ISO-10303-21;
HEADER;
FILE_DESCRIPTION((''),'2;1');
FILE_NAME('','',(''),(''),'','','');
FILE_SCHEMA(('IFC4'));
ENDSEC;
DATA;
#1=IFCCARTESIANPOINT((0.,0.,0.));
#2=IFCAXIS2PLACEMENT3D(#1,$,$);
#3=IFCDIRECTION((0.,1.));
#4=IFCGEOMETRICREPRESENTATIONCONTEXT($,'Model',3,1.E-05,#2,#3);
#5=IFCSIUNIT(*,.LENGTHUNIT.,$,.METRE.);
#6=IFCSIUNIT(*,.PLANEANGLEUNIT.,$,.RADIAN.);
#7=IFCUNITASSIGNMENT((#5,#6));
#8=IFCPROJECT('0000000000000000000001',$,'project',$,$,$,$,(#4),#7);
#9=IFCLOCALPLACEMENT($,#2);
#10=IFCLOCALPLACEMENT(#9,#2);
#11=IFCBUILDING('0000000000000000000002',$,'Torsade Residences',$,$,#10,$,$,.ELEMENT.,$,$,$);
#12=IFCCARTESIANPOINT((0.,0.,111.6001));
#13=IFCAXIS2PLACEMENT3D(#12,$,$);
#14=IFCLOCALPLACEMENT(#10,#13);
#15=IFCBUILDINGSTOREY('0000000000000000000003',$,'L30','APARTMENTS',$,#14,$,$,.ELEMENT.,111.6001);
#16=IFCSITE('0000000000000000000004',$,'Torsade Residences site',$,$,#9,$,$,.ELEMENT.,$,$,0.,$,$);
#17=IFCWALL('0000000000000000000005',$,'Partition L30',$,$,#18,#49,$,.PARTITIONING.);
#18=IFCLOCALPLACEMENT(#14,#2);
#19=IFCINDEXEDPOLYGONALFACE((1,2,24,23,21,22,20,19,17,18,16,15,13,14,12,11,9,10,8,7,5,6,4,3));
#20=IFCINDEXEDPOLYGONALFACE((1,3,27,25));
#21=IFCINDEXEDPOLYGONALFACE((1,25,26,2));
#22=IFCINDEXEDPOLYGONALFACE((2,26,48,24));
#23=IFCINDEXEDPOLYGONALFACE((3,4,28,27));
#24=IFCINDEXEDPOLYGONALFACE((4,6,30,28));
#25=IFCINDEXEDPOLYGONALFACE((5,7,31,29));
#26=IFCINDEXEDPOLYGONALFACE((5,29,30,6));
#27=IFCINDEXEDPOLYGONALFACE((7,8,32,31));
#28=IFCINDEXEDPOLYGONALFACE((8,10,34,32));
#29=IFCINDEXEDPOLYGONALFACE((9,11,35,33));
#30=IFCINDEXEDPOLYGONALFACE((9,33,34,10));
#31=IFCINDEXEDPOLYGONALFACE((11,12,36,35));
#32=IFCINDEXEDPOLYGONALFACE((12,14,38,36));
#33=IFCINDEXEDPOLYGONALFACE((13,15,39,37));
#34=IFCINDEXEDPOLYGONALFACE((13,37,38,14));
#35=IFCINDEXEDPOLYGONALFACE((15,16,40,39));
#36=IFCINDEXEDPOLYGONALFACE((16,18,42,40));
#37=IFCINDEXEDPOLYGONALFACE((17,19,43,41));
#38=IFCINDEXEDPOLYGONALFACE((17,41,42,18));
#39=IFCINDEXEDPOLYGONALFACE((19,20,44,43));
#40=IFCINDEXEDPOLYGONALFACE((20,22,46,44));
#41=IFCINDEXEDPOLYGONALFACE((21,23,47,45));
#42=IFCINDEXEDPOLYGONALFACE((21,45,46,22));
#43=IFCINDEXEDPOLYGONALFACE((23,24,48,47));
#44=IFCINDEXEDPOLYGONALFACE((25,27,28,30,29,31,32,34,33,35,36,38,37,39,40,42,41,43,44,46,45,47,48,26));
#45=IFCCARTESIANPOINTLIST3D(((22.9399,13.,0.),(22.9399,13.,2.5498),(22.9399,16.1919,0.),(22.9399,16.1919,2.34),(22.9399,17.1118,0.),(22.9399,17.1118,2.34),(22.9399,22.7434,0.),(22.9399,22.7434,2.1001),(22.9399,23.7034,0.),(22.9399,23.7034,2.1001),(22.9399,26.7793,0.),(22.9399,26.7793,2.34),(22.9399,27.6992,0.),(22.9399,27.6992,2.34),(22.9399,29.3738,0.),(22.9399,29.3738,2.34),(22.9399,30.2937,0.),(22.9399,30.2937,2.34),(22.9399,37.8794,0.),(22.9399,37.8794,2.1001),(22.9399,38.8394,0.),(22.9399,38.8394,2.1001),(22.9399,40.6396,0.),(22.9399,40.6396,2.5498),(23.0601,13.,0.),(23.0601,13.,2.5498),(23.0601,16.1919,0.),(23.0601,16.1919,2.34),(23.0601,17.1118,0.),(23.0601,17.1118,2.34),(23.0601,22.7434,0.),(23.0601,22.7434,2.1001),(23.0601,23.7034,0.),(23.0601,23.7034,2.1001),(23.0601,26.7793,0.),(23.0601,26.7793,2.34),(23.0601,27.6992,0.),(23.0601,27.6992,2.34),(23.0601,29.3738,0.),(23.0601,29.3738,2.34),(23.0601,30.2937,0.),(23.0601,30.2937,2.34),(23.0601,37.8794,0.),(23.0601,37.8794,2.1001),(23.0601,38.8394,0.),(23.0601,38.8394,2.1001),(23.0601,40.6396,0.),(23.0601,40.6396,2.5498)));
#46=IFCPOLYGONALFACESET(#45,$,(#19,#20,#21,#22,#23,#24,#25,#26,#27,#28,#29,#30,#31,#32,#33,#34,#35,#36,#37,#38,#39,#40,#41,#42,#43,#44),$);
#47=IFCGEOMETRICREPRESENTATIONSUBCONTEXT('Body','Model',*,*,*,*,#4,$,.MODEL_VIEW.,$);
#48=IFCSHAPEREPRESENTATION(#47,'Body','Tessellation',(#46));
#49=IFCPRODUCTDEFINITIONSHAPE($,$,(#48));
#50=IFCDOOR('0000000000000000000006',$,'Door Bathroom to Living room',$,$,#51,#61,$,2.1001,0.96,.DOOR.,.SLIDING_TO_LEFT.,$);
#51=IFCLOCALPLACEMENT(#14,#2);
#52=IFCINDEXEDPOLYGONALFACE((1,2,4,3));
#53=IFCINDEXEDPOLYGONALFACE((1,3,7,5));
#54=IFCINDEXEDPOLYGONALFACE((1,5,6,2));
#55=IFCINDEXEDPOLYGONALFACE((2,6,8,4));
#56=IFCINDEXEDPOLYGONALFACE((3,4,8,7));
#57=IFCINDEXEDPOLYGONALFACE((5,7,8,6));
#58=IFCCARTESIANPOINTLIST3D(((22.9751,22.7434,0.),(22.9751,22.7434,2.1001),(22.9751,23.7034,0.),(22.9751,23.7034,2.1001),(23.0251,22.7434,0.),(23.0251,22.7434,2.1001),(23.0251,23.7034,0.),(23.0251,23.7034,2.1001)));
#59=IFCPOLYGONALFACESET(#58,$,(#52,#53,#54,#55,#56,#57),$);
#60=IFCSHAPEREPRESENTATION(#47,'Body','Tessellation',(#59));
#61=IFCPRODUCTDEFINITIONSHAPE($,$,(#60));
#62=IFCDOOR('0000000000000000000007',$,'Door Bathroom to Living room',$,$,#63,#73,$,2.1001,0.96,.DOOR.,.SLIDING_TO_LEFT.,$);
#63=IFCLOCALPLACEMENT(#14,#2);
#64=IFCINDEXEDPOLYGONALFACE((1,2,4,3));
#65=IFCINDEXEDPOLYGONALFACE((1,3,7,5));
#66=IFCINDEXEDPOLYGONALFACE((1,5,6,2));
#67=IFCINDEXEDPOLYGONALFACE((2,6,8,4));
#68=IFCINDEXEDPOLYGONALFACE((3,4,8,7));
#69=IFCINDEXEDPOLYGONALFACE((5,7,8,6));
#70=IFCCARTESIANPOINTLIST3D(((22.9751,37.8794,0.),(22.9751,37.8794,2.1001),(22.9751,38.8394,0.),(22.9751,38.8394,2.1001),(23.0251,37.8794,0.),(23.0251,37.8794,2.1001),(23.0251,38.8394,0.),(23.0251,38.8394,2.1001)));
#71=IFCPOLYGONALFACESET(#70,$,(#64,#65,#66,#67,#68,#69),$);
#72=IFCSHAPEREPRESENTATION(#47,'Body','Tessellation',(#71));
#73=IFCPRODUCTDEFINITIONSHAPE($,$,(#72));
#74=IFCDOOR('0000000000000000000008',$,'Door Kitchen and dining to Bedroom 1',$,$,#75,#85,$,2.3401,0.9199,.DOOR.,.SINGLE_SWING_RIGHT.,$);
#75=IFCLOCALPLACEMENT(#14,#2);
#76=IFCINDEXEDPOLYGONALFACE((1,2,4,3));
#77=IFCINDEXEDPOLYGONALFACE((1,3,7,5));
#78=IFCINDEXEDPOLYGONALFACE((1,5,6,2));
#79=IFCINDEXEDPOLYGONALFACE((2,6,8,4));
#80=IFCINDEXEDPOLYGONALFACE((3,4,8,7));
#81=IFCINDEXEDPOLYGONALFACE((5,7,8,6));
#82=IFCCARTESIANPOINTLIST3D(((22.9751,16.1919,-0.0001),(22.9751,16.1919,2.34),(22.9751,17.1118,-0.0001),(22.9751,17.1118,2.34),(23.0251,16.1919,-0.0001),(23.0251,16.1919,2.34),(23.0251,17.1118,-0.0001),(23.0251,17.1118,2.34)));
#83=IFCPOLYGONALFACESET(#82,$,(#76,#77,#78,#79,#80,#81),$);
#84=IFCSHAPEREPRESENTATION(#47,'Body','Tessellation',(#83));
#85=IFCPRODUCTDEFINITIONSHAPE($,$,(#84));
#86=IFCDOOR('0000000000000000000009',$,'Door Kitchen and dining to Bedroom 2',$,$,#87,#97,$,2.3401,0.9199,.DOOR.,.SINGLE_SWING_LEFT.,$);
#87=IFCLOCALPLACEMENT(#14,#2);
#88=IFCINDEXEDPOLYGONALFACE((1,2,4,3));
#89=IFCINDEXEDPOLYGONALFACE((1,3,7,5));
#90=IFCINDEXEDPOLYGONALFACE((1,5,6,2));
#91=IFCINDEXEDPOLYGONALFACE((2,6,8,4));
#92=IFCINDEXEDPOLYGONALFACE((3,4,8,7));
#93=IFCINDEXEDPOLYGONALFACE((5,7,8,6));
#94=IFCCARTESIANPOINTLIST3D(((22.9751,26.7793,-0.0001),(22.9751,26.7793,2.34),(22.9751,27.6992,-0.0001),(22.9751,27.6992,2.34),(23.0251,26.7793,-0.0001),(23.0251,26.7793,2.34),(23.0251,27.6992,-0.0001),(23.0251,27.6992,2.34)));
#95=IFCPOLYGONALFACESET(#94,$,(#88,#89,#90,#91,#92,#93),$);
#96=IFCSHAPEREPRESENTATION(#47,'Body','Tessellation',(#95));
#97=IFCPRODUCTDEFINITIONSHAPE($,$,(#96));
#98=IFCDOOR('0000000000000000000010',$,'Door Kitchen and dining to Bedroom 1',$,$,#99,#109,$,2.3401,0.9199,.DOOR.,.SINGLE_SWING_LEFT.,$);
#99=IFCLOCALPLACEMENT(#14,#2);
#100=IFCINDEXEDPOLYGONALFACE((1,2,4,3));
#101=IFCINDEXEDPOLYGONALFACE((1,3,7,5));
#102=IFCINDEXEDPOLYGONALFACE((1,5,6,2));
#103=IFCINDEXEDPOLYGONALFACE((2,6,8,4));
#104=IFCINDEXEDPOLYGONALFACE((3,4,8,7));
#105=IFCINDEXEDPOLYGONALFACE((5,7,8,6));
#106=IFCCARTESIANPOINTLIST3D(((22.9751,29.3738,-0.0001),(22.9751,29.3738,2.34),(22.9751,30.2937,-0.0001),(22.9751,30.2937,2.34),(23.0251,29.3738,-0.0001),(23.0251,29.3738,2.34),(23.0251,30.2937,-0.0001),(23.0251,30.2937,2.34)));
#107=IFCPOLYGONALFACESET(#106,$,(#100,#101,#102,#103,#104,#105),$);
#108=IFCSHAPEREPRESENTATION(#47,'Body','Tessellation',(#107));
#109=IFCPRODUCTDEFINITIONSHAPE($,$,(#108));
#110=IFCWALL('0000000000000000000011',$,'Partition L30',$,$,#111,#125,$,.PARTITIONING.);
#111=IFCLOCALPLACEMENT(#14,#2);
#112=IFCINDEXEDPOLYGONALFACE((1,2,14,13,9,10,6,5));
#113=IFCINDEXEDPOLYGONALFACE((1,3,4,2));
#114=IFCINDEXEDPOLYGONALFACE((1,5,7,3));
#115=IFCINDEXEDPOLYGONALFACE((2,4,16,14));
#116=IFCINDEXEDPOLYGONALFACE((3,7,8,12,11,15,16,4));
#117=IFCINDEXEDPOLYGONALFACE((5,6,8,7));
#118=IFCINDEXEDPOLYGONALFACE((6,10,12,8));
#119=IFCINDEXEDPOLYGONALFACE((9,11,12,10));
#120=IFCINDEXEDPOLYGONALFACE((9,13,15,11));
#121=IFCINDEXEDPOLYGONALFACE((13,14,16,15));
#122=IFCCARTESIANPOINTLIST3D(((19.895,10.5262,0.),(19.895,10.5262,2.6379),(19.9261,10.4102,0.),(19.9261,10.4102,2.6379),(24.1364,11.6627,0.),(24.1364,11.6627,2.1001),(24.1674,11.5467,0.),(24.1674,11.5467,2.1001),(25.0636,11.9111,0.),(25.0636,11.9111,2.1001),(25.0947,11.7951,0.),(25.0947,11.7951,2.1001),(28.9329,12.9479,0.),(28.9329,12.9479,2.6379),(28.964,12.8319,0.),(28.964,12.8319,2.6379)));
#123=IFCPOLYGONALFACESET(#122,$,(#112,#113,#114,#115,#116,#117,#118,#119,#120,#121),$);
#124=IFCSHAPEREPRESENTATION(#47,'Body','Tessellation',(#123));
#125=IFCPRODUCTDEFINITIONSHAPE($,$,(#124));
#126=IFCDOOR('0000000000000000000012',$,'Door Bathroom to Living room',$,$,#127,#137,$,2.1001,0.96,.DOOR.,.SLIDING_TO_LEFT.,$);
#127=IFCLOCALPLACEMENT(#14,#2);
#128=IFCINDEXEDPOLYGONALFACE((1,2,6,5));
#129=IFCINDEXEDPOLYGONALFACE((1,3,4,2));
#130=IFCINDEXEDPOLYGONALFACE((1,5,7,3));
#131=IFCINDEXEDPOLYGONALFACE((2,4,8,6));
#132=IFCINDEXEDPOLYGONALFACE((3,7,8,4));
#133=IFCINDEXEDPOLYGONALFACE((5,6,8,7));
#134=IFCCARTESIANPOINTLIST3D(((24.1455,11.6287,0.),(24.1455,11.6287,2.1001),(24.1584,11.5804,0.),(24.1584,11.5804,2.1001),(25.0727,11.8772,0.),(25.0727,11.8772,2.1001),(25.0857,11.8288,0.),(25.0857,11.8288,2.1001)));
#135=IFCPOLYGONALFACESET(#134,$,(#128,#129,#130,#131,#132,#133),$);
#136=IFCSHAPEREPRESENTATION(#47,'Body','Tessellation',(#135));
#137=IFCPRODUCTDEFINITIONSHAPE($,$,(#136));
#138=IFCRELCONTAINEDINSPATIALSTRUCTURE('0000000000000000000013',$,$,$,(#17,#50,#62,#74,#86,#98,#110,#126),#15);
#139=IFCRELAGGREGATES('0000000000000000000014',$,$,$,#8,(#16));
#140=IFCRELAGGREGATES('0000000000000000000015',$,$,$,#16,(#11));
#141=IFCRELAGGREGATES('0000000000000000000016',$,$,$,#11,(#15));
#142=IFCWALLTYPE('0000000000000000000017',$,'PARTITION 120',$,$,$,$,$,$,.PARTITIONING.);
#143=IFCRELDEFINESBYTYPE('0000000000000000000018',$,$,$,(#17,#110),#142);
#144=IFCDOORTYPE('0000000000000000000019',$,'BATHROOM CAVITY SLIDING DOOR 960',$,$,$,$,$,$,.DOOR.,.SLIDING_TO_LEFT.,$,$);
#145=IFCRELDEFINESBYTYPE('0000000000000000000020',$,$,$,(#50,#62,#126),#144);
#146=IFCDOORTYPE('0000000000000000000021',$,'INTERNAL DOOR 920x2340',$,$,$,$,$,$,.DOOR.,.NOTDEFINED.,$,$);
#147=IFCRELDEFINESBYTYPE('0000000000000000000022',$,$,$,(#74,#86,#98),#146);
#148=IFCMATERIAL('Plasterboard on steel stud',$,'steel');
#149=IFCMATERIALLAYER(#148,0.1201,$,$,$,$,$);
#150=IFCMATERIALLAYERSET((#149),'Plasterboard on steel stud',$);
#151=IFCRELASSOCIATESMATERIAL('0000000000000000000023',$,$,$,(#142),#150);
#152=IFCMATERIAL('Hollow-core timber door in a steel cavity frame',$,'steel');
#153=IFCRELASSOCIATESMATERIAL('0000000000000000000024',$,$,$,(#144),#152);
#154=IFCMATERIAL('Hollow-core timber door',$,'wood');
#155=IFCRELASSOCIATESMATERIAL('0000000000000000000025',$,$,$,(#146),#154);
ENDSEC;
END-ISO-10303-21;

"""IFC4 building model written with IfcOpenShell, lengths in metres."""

from ifc_helpers import new_model, si_unit, direction, frame, frame_2d, origin, place, context, subcontext, project, spatial, rectangle, extrude, material, layer, layer_set, type_object, element, fill, save


model = new_model("IFC4")

# Units and contexts
model_context = context("Model", 3, precision=1e-05, world=origin(), true_north=direction((0.0, 1.0)))
body_context = subcontext(model_context, "Body", "Model", "MODEL_VIEW")
ifc_project = project(units=[si_unit("LENGTHUNIT", "METRE"), si_unit("PLANEANGLEUNIT", "RADIAN")], contexts=[model_context])

# Site, building, storey
site_placement = place(None, origin())
site = spatial("IfcSite", under=ifc_project, at=site_placement, Name="Torsade Residences site", CompositionType="ELEMENT", RefElevation=0.0)
building_placement = place(site_placement, origin())
building = spatial("IfcBuilding", under=site, at=building_placement, Name="Torsade Residences", CompositionType="ELEMENT")
storey_placement = place(building_placement, frame((0.0, 0.0, 111.6001)))
storey = spatial("IfcBuildingStorey", under=building, at=storey_placement, Name="L30", Description="APARTMENTS", CompositionType="ELEMENT", Elevation=111.6001)

# Wall, openings, doors
ifc_material_1 = material(Name="Plasterboard on steel stud", Category="steel")
ifc_layer_1 = layer(ifc_material_1, 0.1201)
ifc_layer_set_1 = layer_set([ifc_layer_1], Name="Plasterboard on steel stud")
wall_type_1 = type_object("IfcWallType", Name="PARTITION 120", PredefinedType="PARTITIONING", material=ifc_layer_set_1)
wall_1_placement = place(storey_placement, frame((23.0, 13.0, 0.0), z_axis=(0.0, 0.0, 1.0), x_axis=(0.0, 1.0, 0.0)))
wall_1 = element("IfcWall", 1, at=wall_1_placement, inside=storey, type_object=wall_type_1, Name="Partition L30", PredefinedType="PARTITIONING", context=body_context, shape_type="SweptSolid", body=[
    extrude(rectangle(XDim=27.6396, YDim=0.1201, at=frame_2d((13.8198, 0.0))), origin(), (0.0, 0.0, 1.0), 2.5498),
])
opening_1_placement = place(wall_1_placement, frame((3.1919, 0.0, 0.0)))
opening_1 = element("IfcOpeningElement", 2, at=opening_1_placement, cuts=wall_1, PredefinedType="OPENING", context=body_context, shape_type="SweptSolid", body=[
    extrude(rectangle(XDim=0.9199, YDim=2.3401, at=frame_2d((0.46, 1.1699))), frame((0.0, 0.0701, 0.0), z_axis=(0.0, -1.0, 0.0), x_axis=(1.0, 0.0, 0.0)), (0.0, 0.0, 1.0), 0.1401),
])
opening_2_placement = place(wall_1_placement, frame((13.7793, 0.0, 0.0)))
opening_2 = element("IfcOpeningElement", 3, at=opening_2_placement, cuts=wall_1, PredefinedType="OPENING", context=body_context, shape_type="SweptSolid", body=[
    extrude(rectangle(XDim=0.9199, YDim=2.3401, at=frame_2d((0.46, 1.1699))), frame((0.0, 0.0701, 0.0), z_axis=(0.0, -1.0, 0.0), x_axis=(1.0, 0.0, 0.0)), (0.0, 0.0, 1.0), 0.1401),
])
opening_3_placement = place(wall_1_placement, frame((16.3738, 0.0, 0.0)))
opening_3 = element("IfcOpeningElement", 4, at=opening_3_placement, cuts=wall_1, PredefinedType="OPENING", context=body_context, shape_type="SweptSolid", body=[
    extrude(rectangle(XDim=0.9199, YDim=2.3401, at=frame_2d((0.46, 1.1699))), frame((0.0, 0.0701, 0.0), z_axis=(0.0, -1.0, 0.0), x_axis=(1.0, 0.0, 0.0)), (0.0, 0.0, 1.0), 0.1401),
])
opening_4_placement = place(wall_1_placement, frame((9.7434, 0.0, 0.0)))
opening_4 = element("IfcOpeningElement", 5, at=opening_4_placement, cuts=wall_1, PredefinedType="OPENING", context=body_context, shape_type="SweptSolid", body=[
    extrude(rectangle(XDim=0.96, YDim=2.1001, at=frame_2d((0.48, 1.05))), frame((0.0, 0.0701, 0.0), z_axis=(0.0, -1.0, 0.0), x_axis=(1.0, 0.0, 0.0)), (0.0, 0.0, 1.0), 0.1401),
])
opening_5_placement = place(wall_1_placement, frame((24.8794, 0.0, 0.0)))
opening_5 = element("IfcOpeningElement", 6, at=opening_5_placement, cuts=wall_1, PredefinedType="OPENING", context=body_context, shape_type="SweptSolid", body=[
    extrude(rectangle(XDim=0.96, YDim=2.1001, at=frame_2d((0.48, 1.05))), frame((0.0, 0.0701, 0.0), z_axis=(0.0, -1.0, 0.0), x_axis=(1.0, 0.0, 0.0)), (0.0, 0.0, 1.0), 0.1401),
])
ifc_material_2 = material(Name="Hollow-core timber door in a steel cavity frame", Category="steel")
door_type_1 = type_object("IfcDoorType", Name="BATHROOM CAVITY SLIDING DOOR 960", OperationType="SLIDING_TO_LEFT", PredefinedType="DOOR", material=ifc_material_2)
door_1_placement = place(opening_4_placement, origin())
door_1 = element("IfcDoor", 7, at=door_1_placement, inside=storey, type_object=door_type_1, Name="Door Bathroom to Living room", OperationType="SLIDING_TO_LEFT", OverallHeight=2.1001, OverallWidth=0.96, PredefinedType="DOOR", context=body_context, shape_type="SweptSolid", body=[
    extrude(rectangle(XDim=0.96, YDim=2.1001, at=frame_2d((0.48, 1.05))), frame((0.0, 0.0249, 0.0), z_axis=(0.0, -1.0, 0.0), x_axis=(1.0, 0.0, 0.0)), (0.0, 0.0, 1.0), 0.05),
])
fill(opening_4, door_1)
door_2_placement = place(opening_5_placement, origin())
door_2 = element("IfcDoor", 8, at=door_2_placement, inside=storey, type_object=door_type_1, Name="Door Bathroom to Living room", OperationType="SLIDING_TO_LEFT", OverallHeight=2.1001, OverallWidth=0.96, PredefinedType="DOOR", context=body_context, shape_type="SweptSolid", body=[
    extrude(rectangle(XDim=0.96, YDim=2.1001, at=frame_2d((0.48, 1.05))), frame((0.0, 0.0249, 0.0), z_axis=(0.0, -1.0, 0.0), x_axis=(1.0, 0.0, 0.0)), (0.0, 0.0, 1.0), 0.05),
])
fill(opening_5, door_2)
ifc_material_3 = material(Name="Hollow-core timber door", Category="wood")
door_type_2 = type_object("IfcDoorType", Name="INTERNAL DOOR 920x2340", OperationType="NOTDEFINED", PredefinedType="DOOR", material=ifc_material_3)
door_3_placement = place(opening_1_placement, origin())
door_3 = element("IfcDoor", 9, at=door_3_placement, inside=storey, type_object=door_type_2, Name="Door Kitchen and dining to Bedroom 1", OperationType="SINGLE_SWING_RIGHT", OverallHeight=2.3401, OverallWidth=0.9199, PredefinedType="DOOR", context=body_context, shape_type="SweptSolid", body=[
    extrude(rectangle(XDim=0.9199, YDim=2.3401, at=frame_2d((0.46, 1.1699))), frame((0.0, 0.0249, 0.0), z_axis=(0.0, -1.0, 0.0), x_axis=(1.0, 0.0, 0.0)), (0.0, 0.0, 1.0), 0.05),
])
fill(opening_1, door_3)
door_4_placement = place(opening_2_placement, origin())
door_4 = element("IfcDoor", 10, at=door_4_placement, inside=storey, type_object=door_type_2, Name="Door Kitchen and dining to Bedroom 2", OperationType="SINGLE_SWING_LEFT", OverallHeight=2.3401, OverallWidth=0.9199, PredefinedType="DOOR", context=body_context, shape_type="SweptSolid", body=[
    extrude(rectangle(XDim=0.9199, YDim=2.3401, at=frame_2d((0.46, 1.1699))), frame((0.0, 0.0249, 0.0), z_axis=(0.0, -1.0, 0.0), x_axis=(1.0, 0.0, 0.0)), (0.0, 0.0, 1.0), 0.05),
])
fill(opening_2, door_4)
door_5_placement = place(opening_3_placement, origin())
door_5 = element("IfcDoor", 11, at=door_5_placement, inside=storey, type_object=door_type_2, Name="Door Kitchen and dining to Bedroom 1", OperationType="SINGLE_SWING_LEFT", OverallHeight=2.3401, OverallWidth=0.9199, PredefinedType="DOOR", context=body_context, shape_type="SweptSolid", body=[
    extrude(rectangle(XDim=0.9199, YDim=2.3401, at=frame_2d((0.46, 1.1699))), frame((0.0, 0.0249, 0.0), z_axis=(0.0, -1.0, 0.0), x_axis=(1.0, 0.0, 0.0)), (0.0, 0.0, 1.0), 0.05),
])
fill(opening_3, door_5)

# Wall, opening, door
wall_2_placement = place(storey_placement, frame((19.9106, 10.4683, 0.0), z_axis=(0.0, 0.0, 1.0), x_axis=(0.965927, 0.258814, 0.0)))
wall_2 = element("IfcWall", 12, at=wall_2_placement, inside=storey, type_object=wall_type_1, Name="Partition L30", PredefinedType="PARTITIONING", context=body_context, shape_type="SweptSolid", body=[
    extrude(rectangle(XDim=9.3567, YDim=0.1201, at=frame_2d((4.6782, 0.0))), origin(), (0.0, 0.0, 1.0), 2.6379),
])
opening_6_placement = place(wall_2_placement, frame((4.3909, 0.0, 0.0)))
opening_6 = element("IfcOpeningElement", 13, at=opening_6_placement, cuts=wall_2, PredefinedType="OPENING", context=body_context, shape_type="SweptSolid", body=[
    extrude(rectangle(XDim=0.96, YDim=2.1001, at=frame_2d((0.48, 1.05))), frame((0.0, 0.0701, 0.0), z_axis=(0.0, -1.0, 0.0), x_axis=(1.0, 0.0, 0.0)), (0.0, 0.0, 1.0), 0.1401),
])
door_6_placement = place(opening_6_placement, origin())
door_6 = element("IfcDoor", 14, at=door_6_placement, inside=storey, type_object=door_type_1, Name="Door Bathroom to Living room", OperationType="SLIDING_TO_LEFT", OverallHeight=2.1001, OverallWidth=0.96, PredefinedType="DOOR", context=body_context, shape_type="SweptSolid", body=[
    extrude(rectangle(XDim=0.96, YDim=2.1001, at=frame_2d((0.48, 1.05))), frame((0.0, 0.0249, 0.0), z_axis=(0.0, -1.0, 0.0), x_axis=(1.0, 0.0, 0.0)), (0.0, 0.0, 1.0), 0.05),
])
fill(opening_6, door_6)

save(model, "model.ifc")
